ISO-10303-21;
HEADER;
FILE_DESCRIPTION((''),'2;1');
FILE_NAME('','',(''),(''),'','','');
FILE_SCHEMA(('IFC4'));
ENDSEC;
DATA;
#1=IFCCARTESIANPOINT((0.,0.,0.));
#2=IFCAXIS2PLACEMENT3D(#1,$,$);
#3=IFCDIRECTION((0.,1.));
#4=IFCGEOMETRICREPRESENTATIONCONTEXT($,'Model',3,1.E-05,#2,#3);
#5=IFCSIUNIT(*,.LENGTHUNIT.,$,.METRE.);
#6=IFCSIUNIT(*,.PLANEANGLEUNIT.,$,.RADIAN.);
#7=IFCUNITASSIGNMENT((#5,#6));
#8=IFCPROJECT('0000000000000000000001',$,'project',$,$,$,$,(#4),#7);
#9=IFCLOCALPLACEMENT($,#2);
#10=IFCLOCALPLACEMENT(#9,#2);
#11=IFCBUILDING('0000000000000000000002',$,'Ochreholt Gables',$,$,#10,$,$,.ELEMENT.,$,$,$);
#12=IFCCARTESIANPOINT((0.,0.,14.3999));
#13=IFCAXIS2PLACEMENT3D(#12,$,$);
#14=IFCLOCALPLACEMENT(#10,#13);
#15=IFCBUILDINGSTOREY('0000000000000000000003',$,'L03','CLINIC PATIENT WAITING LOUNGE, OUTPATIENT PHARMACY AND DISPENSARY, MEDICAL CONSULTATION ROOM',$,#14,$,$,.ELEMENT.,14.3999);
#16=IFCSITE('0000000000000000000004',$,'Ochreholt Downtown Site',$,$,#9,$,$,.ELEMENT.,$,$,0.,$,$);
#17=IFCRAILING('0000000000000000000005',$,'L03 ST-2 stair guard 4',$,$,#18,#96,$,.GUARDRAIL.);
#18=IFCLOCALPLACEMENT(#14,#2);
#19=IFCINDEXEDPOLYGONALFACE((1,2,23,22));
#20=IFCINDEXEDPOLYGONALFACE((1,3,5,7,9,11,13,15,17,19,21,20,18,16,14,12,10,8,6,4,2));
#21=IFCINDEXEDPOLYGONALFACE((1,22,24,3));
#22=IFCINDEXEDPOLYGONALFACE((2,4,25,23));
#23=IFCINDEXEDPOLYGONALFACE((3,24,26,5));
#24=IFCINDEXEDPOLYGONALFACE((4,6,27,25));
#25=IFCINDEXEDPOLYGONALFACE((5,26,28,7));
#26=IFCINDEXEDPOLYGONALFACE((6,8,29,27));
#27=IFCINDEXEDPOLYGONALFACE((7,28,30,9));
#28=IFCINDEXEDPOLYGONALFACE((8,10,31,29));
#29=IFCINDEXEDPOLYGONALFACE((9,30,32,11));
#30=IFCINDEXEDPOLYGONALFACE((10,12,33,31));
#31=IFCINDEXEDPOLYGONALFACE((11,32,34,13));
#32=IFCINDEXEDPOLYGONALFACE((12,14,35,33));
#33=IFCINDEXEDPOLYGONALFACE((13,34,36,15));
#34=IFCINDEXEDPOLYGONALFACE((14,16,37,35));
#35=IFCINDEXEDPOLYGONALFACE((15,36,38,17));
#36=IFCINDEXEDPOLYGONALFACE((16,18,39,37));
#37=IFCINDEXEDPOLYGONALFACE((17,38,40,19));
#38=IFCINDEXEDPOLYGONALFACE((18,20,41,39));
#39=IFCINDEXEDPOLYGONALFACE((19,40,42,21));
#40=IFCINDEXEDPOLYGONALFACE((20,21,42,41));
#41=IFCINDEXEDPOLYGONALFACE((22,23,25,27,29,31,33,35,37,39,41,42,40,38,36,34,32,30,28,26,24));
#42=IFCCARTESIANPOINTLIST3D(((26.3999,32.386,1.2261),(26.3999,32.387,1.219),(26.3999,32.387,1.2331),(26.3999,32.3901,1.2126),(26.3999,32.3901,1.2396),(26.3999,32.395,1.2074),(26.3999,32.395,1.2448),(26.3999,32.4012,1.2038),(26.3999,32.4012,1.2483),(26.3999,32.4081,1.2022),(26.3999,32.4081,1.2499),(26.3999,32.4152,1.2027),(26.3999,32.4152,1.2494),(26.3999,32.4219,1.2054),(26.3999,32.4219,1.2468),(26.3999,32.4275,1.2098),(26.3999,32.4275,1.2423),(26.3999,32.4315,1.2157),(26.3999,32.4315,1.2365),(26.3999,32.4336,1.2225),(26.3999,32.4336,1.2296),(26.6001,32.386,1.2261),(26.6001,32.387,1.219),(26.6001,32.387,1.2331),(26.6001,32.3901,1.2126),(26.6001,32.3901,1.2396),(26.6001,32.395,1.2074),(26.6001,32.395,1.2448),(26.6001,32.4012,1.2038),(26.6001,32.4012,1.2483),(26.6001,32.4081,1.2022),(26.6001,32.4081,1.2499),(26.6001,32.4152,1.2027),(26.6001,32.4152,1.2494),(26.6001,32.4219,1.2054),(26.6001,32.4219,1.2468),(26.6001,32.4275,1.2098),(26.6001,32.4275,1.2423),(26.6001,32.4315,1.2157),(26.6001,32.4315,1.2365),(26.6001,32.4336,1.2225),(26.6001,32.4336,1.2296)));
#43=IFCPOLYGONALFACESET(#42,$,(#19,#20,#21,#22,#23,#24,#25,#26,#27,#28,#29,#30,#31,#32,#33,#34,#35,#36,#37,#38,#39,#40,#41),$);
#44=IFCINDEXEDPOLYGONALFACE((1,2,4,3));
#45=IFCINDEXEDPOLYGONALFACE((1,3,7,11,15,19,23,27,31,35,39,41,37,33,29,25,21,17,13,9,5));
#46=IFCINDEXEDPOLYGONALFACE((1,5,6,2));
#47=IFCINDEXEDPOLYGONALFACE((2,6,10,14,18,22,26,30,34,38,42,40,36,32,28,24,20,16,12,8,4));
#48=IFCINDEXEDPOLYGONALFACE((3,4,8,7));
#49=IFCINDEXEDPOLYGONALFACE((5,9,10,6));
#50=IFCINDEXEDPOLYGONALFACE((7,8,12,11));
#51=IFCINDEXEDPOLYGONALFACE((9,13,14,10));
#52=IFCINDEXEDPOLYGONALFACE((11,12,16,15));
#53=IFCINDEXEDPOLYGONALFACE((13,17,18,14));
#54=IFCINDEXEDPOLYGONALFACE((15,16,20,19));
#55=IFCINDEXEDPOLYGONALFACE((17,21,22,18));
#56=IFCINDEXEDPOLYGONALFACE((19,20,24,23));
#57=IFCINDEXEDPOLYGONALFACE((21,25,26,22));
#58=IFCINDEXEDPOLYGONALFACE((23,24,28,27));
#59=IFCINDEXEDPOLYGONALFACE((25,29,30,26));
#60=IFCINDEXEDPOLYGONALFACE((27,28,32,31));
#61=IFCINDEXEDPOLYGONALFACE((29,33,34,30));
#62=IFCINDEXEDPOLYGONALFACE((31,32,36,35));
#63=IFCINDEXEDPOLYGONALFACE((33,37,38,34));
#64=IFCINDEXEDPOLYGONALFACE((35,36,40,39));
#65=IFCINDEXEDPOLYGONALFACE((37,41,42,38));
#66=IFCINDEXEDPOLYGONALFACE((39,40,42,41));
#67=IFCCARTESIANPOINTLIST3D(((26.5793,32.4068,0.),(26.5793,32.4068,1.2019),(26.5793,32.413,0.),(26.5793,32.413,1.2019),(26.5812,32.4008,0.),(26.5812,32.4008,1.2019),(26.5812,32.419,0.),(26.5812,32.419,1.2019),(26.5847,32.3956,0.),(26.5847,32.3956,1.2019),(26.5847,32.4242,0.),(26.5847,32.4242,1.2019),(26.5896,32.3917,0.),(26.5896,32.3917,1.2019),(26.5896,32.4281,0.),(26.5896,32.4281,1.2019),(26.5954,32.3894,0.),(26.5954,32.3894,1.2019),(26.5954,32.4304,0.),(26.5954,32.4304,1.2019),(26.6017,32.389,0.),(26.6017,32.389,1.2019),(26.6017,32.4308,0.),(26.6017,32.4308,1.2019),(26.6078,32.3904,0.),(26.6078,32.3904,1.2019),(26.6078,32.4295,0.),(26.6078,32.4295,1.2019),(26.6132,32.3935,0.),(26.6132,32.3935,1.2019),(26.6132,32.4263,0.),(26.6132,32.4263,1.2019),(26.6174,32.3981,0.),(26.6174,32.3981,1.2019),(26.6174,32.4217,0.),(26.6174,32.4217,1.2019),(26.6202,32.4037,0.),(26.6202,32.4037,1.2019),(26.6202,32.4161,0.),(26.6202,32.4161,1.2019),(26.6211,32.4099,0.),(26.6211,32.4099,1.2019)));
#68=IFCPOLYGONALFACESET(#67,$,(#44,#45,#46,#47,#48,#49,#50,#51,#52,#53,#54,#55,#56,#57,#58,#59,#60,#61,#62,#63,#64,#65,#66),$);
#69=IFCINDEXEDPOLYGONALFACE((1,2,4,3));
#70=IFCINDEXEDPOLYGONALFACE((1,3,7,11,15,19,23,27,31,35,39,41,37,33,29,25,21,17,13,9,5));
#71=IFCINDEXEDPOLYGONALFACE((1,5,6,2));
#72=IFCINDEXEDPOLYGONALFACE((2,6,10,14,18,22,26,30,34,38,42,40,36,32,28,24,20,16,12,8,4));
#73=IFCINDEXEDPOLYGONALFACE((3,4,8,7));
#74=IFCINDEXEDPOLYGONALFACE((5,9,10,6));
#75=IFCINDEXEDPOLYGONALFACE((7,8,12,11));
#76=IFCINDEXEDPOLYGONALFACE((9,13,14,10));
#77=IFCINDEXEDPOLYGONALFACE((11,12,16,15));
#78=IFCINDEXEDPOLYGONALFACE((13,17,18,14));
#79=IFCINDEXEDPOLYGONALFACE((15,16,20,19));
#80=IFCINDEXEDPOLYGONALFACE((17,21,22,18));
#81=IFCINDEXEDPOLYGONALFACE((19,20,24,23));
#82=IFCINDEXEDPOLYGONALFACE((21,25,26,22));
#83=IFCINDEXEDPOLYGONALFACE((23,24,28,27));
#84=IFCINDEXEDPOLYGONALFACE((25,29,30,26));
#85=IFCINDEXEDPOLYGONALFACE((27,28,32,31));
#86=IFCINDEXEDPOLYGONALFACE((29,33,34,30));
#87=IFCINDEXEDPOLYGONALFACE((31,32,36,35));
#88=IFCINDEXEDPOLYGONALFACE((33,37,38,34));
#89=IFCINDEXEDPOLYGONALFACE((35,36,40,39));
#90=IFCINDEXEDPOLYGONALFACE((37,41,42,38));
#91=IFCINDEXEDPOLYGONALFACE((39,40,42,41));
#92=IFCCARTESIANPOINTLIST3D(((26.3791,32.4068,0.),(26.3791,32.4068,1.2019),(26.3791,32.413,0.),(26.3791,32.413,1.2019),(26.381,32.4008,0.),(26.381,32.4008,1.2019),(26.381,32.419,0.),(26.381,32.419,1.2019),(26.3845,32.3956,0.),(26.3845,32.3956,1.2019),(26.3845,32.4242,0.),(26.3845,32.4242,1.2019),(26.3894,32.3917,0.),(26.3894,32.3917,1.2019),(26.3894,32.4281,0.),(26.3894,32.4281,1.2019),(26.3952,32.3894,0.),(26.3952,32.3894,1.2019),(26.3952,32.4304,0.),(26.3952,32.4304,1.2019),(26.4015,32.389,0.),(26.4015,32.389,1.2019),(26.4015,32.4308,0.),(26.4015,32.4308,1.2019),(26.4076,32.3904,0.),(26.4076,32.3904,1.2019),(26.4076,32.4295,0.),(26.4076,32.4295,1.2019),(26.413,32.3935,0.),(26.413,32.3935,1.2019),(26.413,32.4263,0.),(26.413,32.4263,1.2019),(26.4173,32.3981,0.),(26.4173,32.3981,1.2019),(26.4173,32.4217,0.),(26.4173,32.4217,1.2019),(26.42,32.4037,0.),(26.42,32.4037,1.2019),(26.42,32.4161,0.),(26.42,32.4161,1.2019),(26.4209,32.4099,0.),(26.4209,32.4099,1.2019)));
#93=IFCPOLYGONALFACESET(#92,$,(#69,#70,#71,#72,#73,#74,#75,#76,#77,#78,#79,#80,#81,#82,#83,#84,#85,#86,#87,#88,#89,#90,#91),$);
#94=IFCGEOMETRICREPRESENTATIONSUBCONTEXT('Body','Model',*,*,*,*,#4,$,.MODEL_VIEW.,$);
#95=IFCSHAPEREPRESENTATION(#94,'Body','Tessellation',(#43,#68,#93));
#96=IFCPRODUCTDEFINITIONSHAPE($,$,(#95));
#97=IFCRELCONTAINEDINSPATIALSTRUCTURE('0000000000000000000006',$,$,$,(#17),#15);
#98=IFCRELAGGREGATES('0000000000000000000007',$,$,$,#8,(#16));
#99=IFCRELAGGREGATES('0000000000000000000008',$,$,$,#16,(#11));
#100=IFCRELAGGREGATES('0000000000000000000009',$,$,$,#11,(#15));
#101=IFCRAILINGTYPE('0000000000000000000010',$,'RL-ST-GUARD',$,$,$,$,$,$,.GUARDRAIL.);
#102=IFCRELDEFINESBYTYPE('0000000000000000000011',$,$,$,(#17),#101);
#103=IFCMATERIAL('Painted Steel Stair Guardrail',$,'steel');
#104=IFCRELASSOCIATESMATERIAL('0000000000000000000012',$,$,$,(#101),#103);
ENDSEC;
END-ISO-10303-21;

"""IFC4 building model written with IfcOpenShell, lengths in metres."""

from ifc_helpers import new_model, si_unit, direction, frame, origin, origin_2d, place, context, subcontext, project, spatial, circle, extrude, material, type_object, element, save


model = new_model("IFC4")

# Units and contexts
model_context = context("Model", 3, precision=1e-05, world=origin(), true_north=direction((0.0, 1.0)))
body_context = subcontext(model_context, "Body", "Model", "MODEL_VIEW")
ifc_project = project(units=[si_unit("LENGTHUNIT", "METRE"), si_unit("PLANEANGLEUNIT", "RADIAN")], contexts=[model_context])

# Site, building, storey
site_placement = place(None, origin())
site = spatial("IfcSite", under=ifc_project, at=site_placement, Name="Ochreholt Downtown Site", CompositionType="ELEMENT", RefElevation=0.0)
building_placement = place(site_placement, origin())
building = spatial("IfcBuilding", under=site, at=building_placement, Name="Ochreholt Gables", CompositionType="ELEMENT")
storey_placement = place(building_placement, frame((0.0, 0.0, 14.3999)))
storey = spatial("IfcBuildingStorey", under=building, at=storey_placement, Name="L03", Description="CLINIC PATIENT WAITING LOUNGE, OUTPATIENT PHARMACY AND DISPENSARY, MEDICAL CONSULTATION ROOM", CompositionType="ELEMENT", Elevation=14.3999)

# Railing
ifc_material_1 = material(Name="Painted Steel Stair Guardrail", Category="steel")
railing_type = type_object("IfcRailingType", Name="RL-ST-GUARD", PredefinedType="GUARDRAIL", material=ifc_material_1)
railing_1_placement = place(storey_placement, frame((26.6001, 32.4099, 0.0)))
element("IfcRailing", 1, at=railing_1_placement, inside=storey, type_object=railing_type, Name="L03 ST-2 stair guard 4", PredefinedType="GUARDRAIL", context=body_context, shape_type="SweptSolid", body=[
    extrude(circle(Radius=0.0239, at=origin_2d()), frame((0.0, 0.0, 1.2261), z_axis=(-1.0, 0.0, 0.0), x_axis=(0.0, -1.0, 0.0)), (0.0, 0.0, 1.0), 0.2002),
    extrude(circle(Radius=0.021, at=origin_2d()), origin(), (0.0, 0.0, 1.0), 1.2019),
    extrude(circle(Radius=0.021, at=origin_2d()), frame((-0.2002, 0.0, 0.0)), (0.0, 0.0, 1.0), 1.2019),
])

save(model, "model.ifc")
